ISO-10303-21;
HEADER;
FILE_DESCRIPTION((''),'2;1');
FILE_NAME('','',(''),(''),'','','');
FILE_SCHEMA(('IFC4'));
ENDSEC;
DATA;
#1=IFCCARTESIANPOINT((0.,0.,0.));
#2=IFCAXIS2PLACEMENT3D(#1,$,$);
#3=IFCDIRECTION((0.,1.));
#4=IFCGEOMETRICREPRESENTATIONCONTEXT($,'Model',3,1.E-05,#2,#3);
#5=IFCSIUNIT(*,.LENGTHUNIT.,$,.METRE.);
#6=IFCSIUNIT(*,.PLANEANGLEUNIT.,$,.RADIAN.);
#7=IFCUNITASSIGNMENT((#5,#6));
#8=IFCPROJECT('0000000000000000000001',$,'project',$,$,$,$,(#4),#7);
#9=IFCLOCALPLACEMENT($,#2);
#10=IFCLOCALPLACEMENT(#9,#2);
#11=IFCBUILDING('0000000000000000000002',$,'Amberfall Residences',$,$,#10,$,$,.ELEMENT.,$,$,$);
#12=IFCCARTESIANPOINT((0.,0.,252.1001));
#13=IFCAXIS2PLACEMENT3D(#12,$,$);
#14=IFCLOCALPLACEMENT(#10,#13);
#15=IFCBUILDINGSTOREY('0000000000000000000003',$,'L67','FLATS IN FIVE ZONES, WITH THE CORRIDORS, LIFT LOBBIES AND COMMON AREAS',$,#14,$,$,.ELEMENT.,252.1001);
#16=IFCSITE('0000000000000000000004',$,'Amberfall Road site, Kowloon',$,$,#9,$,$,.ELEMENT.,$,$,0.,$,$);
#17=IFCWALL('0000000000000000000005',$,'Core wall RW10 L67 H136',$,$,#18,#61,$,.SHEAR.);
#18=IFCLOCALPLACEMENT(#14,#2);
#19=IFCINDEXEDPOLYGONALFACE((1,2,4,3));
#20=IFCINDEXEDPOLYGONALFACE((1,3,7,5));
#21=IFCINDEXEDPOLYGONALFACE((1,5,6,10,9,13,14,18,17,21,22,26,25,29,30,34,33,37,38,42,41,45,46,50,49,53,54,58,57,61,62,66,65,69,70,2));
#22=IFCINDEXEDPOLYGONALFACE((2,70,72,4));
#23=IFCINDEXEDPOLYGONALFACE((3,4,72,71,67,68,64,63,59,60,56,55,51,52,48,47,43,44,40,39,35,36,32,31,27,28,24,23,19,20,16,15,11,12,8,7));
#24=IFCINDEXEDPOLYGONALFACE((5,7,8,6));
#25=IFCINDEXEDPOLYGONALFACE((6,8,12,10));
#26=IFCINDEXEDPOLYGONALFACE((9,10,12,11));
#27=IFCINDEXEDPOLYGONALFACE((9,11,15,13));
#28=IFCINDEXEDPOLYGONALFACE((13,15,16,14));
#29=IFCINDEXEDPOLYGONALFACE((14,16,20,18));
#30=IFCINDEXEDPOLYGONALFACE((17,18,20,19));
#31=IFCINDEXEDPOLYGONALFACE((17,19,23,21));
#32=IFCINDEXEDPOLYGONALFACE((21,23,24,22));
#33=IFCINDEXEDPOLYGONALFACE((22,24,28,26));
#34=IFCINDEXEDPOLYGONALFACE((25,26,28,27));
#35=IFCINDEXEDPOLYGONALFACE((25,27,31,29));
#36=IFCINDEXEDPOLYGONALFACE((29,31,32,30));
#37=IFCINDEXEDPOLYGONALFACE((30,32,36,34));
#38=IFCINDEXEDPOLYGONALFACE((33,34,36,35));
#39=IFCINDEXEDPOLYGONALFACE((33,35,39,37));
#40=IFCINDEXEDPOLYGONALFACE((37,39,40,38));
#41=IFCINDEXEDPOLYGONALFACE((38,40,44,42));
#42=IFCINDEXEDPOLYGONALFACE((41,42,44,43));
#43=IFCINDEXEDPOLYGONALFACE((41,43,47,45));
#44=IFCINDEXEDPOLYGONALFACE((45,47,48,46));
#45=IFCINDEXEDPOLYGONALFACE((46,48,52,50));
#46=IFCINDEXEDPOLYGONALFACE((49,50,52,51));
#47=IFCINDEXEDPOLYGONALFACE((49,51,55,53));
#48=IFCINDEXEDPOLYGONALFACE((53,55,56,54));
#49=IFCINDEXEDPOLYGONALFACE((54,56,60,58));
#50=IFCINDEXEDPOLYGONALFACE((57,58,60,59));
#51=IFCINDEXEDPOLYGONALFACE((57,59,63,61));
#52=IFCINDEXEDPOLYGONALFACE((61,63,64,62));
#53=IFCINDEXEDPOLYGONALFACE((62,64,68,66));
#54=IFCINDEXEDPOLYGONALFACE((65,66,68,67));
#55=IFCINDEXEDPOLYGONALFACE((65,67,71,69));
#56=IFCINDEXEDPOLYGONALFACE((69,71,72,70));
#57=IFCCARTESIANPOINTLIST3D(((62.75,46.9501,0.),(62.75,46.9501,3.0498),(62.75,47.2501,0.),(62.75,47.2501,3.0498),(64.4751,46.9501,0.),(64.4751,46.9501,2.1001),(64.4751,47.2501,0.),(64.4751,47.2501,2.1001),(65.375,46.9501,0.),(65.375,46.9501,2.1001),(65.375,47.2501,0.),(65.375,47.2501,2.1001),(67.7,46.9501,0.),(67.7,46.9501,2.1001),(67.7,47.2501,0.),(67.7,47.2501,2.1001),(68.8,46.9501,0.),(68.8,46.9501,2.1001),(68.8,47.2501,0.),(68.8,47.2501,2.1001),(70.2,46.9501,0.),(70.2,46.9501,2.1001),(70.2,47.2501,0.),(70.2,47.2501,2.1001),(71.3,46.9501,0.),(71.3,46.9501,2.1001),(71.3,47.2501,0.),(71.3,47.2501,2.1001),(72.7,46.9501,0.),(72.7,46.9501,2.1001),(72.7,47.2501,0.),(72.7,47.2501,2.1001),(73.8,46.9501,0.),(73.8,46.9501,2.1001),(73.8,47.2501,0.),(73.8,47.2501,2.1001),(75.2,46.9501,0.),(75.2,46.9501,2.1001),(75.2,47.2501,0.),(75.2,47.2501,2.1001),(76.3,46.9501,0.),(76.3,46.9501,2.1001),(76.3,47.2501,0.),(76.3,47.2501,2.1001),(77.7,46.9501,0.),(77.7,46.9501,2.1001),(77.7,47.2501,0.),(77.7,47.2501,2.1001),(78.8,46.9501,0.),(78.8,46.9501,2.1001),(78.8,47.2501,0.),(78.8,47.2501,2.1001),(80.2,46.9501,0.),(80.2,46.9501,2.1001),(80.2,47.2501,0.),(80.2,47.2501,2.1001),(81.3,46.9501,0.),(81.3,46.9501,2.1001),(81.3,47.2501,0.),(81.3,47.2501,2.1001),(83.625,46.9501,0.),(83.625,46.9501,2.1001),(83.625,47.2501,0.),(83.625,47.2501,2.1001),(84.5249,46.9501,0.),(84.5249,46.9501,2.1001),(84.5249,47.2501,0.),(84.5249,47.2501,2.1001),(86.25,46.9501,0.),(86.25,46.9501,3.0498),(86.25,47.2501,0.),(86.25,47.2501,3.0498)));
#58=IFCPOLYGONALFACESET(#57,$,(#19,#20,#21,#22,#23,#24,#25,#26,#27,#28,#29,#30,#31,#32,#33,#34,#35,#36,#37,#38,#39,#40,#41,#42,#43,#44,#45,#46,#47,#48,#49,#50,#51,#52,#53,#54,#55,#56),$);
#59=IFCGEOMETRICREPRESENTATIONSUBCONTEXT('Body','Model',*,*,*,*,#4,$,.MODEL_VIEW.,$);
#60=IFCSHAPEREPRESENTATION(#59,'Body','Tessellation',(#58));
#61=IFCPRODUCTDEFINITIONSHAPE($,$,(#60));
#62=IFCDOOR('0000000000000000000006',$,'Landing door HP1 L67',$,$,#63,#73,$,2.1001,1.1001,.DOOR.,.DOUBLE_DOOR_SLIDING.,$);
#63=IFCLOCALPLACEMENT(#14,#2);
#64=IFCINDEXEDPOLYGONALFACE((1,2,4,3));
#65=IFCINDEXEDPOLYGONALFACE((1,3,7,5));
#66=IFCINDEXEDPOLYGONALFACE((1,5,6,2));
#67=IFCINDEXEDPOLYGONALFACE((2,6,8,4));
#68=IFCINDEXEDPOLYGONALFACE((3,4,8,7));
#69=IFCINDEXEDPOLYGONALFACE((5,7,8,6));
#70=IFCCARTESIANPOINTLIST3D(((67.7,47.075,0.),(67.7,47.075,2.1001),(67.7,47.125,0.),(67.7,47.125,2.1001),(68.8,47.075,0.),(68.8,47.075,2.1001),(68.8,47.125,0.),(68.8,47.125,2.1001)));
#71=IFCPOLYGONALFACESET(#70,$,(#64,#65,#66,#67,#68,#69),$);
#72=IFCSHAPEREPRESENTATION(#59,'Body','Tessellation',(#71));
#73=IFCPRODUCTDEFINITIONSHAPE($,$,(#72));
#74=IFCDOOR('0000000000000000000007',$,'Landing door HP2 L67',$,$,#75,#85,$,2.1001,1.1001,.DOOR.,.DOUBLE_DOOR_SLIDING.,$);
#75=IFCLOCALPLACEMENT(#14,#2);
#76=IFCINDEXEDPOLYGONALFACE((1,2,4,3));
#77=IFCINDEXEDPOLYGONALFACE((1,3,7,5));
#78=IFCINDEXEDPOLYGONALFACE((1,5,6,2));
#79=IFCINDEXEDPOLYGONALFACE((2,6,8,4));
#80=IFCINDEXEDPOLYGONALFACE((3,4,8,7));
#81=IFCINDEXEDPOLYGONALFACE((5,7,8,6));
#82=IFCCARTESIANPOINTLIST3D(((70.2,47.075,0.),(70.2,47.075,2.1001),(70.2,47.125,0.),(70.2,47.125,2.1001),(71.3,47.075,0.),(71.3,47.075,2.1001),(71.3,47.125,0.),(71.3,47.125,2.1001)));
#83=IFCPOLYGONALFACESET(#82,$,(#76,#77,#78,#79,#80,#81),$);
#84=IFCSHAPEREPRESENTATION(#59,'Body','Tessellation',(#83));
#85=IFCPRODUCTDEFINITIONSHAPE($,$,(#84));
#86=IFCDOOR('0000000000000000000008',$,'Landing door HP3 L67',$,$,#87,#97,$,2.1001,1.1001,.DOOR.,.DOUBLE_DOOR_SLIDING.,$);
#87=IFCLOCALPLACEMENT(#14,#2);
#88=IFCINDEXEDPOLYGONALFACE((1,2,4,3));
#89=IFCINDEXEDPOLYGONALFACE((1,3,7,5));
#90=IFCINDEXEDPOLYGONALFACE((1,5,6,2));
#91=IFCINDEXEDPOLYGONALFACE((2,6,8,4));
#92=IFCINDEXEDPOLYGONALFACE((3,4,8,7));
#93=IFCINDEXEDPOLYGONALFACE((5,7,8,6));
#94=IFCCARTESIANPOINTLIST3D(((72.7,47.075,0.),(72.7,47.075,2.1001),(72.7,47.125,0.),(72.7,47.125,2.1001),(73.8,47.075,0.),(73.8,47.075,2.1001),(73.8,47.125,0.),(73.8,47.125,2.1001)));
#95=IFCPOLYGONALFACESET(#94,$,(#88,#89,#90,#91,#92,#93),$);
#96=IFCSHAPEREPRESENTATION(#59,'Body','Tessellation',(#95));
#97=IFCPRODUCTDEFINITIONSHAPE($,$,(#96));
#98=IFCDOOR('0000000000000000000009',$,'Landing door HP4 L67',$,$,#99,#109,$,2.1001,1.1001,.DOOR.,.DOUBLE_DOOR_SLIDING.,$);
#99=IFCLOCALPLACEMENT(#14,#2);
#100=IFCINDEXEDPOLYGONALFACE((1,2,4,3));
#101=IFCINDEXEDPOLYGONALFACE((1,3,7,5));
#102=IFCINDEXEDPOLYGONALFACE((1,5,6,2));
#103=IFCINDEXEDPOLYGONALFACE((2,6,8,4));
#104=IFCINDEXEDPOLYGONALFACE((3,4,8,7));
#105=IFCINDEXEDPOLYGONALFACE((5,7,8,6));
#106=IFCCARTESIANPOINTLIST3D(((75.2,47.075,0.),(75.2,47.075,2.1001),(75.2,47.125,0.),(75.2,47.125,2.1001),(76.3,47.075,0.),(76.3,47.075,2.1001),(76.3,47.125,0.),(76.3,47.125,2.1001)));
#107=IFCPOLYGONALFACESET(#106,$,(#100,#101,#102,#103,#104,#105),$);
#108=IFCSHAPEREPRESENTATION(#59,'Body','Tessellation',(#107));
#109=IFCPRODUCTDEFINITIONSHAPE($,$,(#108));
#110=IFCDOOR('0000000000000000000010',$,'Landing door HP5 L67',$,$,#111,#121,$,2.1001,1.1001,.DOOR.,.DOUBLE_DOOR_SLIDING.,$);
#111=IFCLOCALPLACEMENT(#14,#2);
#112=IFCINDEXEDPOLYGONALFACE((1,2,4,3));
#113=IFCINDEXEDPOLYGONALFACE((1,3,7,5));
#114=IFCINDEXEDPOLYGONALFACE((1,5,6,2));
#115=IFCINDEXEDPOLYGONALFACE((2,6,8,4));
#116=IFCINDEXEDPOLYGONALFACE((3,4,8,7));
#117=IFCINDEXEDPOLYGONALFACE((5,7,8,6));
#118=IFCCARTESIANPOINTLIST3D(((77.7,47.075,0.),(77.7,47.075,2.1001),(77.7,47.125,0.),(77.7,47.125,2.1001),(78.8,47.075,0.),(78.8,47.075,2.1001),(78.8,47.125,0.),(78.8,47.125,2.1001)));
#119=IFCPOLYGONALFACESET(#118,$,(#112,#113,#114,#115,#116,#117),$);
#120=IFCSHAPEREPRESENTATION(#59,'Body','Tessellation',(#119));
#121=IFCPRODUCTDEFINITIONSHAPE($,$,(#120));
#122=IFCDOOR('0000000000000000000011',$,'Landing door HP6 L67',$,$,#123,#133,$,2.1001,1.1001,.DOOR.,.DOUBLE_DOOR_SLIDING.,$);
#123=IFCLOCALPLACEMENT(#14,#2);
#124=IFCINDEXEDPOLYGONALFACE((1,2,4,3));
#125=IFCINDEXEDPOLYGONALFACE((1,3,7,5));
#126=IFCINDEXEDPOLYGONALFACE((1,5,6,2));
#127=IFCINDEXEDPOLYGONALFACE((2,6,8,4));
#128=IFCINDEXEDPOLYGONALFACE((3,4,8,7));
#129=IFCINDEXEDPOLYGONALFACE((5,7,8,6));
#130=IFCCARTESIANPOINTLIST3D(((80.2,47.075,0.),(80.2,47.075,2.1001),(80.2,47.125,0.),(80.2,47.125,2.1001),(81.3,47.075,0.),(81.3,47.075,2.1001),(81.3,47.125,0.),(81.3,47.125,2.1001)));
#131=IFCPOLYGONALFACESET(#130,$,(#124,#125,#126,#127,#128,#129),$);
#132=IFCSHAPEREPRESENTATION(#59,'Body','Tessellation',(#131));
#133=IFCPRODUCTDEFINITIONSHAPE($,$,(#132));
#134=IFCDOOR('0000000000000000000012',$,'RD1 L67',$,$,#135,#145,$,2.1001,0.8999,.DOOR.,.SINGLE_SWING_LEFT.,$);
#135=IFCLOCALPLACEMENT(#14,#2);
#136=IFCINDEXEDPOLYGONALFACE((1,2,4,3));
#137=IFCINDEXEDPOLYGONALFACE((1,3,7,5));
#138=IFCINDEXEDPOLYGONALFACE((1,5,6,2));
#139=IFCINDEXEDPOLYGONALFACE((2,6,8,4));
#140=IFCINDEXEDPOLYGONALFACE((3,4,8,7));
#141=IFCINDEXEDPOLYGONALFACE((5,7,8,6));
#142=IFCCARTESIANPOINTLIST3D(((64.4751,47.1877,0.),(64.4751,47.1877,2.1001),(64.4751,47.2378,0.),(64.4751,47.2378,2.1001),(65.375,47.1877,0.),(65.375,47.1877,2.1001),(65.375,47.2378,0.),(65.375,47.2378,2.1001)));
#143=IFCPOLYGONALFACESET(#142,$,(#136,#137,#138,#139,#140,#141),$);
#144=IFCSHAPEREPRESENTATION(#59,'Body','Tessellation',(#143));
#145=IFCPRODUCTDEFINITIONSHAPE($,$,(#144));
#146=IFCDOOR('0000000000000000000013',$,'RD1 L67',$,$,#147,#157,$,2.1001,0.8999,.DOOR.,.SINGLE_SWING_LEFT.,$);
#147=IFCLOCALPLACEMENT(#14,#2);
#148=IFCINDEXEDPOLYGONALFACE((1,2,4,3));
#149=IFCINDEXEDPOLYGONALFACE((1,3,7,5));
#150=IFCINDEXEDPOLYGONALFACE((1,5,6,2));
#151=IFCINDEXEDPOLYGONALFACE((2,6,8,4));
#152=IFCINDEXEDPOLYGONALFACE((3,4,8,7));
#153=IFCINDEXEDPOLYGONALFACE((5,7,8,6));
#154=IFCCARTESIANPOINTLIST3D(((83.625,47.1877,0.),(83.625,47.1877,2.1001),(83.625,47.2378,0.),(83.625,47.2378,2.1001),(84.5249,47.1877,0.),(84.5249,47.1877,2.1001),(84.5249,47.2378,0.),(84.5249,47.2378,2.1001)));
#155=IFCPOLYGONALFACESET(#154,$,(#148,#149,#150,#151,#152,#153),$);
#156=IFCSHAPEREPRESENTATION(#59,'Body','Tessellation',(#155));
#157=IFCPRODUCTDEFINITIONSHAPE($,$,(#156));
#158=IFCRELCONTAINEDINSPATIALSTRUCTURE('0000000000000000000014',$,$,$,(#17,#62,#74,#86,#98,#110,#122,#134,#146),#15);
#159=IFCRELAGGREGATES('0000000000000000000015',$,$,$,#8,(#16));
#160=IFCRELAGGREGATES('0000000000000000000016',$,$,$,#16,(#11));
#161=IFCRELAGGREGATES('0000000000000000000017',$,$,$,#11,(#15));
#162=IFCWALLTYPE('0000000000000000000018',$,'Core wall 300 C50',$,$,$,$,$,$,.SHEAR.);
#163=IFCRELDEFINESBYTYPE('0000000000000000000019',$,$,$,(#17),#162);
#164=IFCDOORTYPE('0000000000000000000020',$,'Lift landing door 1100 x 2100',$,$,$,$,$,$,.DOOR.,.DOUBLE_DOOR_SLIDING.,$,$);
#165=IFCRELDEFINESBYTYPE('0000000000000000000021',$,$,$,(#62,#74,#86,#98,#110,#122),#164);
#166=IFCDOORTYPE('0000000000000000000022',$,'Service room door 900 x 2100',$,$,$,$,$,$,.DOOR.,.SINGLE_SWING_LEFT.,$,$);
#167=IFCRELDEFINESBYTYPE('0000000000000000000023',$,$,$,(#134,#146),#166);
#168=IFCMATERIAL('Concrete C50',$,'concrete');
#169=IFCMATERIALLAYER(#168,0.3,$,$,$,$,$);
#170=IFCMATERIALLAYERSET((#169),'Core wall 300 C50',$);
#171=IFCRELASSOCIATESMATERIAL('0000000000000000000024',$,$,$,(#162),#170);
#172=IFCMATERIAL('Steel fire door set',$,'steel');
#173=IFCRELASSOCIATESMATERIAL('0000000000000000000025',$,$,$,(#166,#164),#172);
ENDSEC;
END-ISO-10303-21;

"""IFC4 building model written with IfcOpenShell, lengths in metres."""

from ifc_helpers import new_model, si_unit, direction, frame, frame_2d, origin, place, context, subcontext, project, spatial, rectangle, extrude, material, layer, layer_set, type_object, element, fill, save


model = new_model("IFC4")

# Units and contexts
model_context = context("Model", 3, precision=1e-05, world=origin(), true_north=direction((0.0, 1.0)))
body_context = subcontext(model_context, "Body", "Model", "MODEL_VIEW")
ifc_project = project(units=[si_unit("LENGTHUNIT", "METRE"), si_unit("PLANEANGLEUNIT", "RADIAN")], contexts=[model_context])

# Site, building, storey
site_placement = place(None, origin())
site = spatial("IfcSite", under=ifc_project, at=site_placement, Name="Amberfall Road site, Kowloon", CompositionType="ELEMENT", RefElevation=0.0)
building_placement = place(site_placement, origin())
building = spatial("IfcBuilding", under=site, at=building_placement, Name="Amberfall Residences", CompositionType="ELEMENT")
storey_placement = place(building_placement, frame((0.0, 0.0, 252.1001)))
storey = spatial("IfcBuildingStorey", under=building, at=storey_placement, Name="L67", Description="FLATS IN FIVE ZONES, WITH THE CORRIDORS, LIFT LOBBIES AND COMMON AREAS", CompositionType="ELEMENT", Elevation=252.1001)

# Wall, openings, doors
ifc_material_1 = material(Name="Concrete C50", Category="concrete")
ifc_layer_1 = layer(ifc_material_1, 0.3)
ifc_layer_set_1 = layer_set([ifc_layer_1], Name="Core wall 300 C50")
wall_type_1 = type_object("IfcWallType", Name="Core wall 300 C50", PredefinedType="SHEAR", material=ifc_layer_set_1)
ifc_material_2 = material(Name="Steel fire door set", Category="steel")
door_type_1 = type_object("IfcDoorType", Name="Service room door 900 x 2100", OperationType="SINGLE_SWING_LEFT", PredefinedType="DOOR", material=ifc_material_2)
wall_1_placement = place(storey_placement, frame((62.75, 47.1001, 0.0), z_axis=(0.0, 0.0, 1.0), x_axis=(1.0, 0.0, 0.0)))
wall_1 = element("IfcWall", 1, at=wall_1_placement, inside=storey, type_object=wall_type_1, Name="Core wall RW10 L67 H136", PredefinedType="SHEAR", context=body_context, shape_type="SweptSolid", body=[
    extrude(rectangle(XDim=23.5, YDim=0.3, at=frame_2d((11.75, 0.0))), origin(), (0.0, 0.0, 1.0), 3.0498),
])
opening_1_placement = place(wall_1_placement, frame((1.7251, 0.0, 0.0)))
opening_1 = element("IfcOpeningElement", 2, at=opening_1_placement, cuts=wall_1, PredefinedType="OPENING", context=body_context, shape_type="SweptSolid", body=[
    extrude(rectangle(XDim=0.8999, YDim=2.1001, at=frame_2d((0.45, 1.05))), frame((0.0, 0.1599, 0.0), z_axis=(0.0, -1.0, 0.0), x_axis=(1.0, 0.0, 0.0)), (0.0, 0.0, 1.0), 0.3201),
])
opening_2_placement = place(wall_1_placement, frame((20.875, 0.0, 0.0)))
opening_2 = element("IfcOpeningElement", 3, at=opening_2_placement, cuts=wall_1, PredefinedType="OPENING", context=body_context, shape_type="SweptSolid", body=[
    extrude(rectangle(XDim=0.8999, YDim=2.1001, at=frame_2d((0.45, 1.05))), frame((0.0, 0.1599, 0.0), z_axis=(0.0, -1.0, 0.0), x_axis=(1.0, 0.0, 0.0)), (0.0, 0.0, 1.0), 0.3201),
])
opening_3_placement = place(wall_1_placement, frame((4.95, 0.0, 0.0)))
opening_3 = element("IfcOpeningElement", 4, at=opening_3_placement, cuts=wall_1, PredefinedType="OPENING", context=body_context, shape_type="SweptSolid", body=[
    extrude(rectangle(XDim=1.1001, YDim=2.1001, at=frame_2d((0.55, 1.05))), frame((0.0, 0.1599, 0.0), z_axis=(0.0, -1.0, 0.0), x_axis=(1.0, 0.0, 0.0)), (0.0, 0.0, 1.0), 0.3201),
])
opening_4_placement = place(wall_1_placement, frame((7.45, 0.0, 0.0)))
opening_4 = element("IfcOpeningElement", 5, at=opening_4_placement, cuts=wall_1, PredefinedType="OPENING", context=body_context, shape_type="SweptSolid", body=[
    extrude(rectangle(XDim=1.1001, YDim=2.1001, at=frame_2d((0.55, 1.05))), frame((0.0, 0.1599, 0.0), z_axis=(0.0, -1.0, 0.0), x_axis=(1.0, 0.0, 0.0)), (0.0, 0.0, 1.0), 0.3201),
])
opening_5_placement = place(wall_1_placement, frame((9.95, 0.0, 0.0)))
opening_5 = element("IfcOpeningElement", 6, at=opening_5_placement, cuts=wall_1, PredefinedType="OPENING", context=body_context, shape_type="SweptSolid", body=[
    extrude(rectangle(XDim=1.1001, YDim=2.1001, at=frame_2d((0.55, 1.05))), frame((0.0, 0.1599, 0.0), z_axis=(0.0, -1.0, 0.0), x_axis=(1.0, 0.0, 0.0)), (0.0, 0.0, 1.0), 0.3201),
])
opening_6_placement = place(wall_1_placement, frame((12.45, 0.0, 0.0)))
opening_6 = element("IfcOpeningElement", 7, at=opening_6_placement, cuts=wall_1, PredefinedType="OPENING", context=body_context, shape_type="SweptSolid", body=[
    extrude(rectangle(XDim=1.1001, YDim=2.1001, at=frame_2d((0.55, 1.05))), frame((0.0, 0.1599, 0.0), z_axis=(0.0, -1.0, 0.0), x_axis=(1.0, 0.0, 0.0)), (0.0, 0.0, 1.0), 0.3201),
])
opening_7_placement = place(wall_1_placement, frame((14.95, 0.0, 0.0)))
opening_7 = element("IfcOpeningElement", 8, at=opening_7_placement, cuts=wall_1, PredefinedType="OPENING", context=body_context, shape_type="SweptSolid", body=[
    extrude(rectangle(XDim=1.1001, YDim=2.1001, at=frame_2d((0.55, 1.05))), frame((0.0, 0.1599, 0.0), z_axis=(0.0, -1.0, 0.0), x_axis=(1.0, 0.0, 0.0)), (0.0, 0.0, 1.0), 0.3201),
])
opening_8_placement = place(wall_1_placement, frame((17.45, 0.0, 0.0)))
opening_8 = element("IfcOpeningElement", 9, at=opening_8_placement, cuts=wall_1, PredefinedType="OPENING", context=body_context, shape_type="SweptSolid", body=[
    extrude(rectangle(XDim=1.1001, YDim=2.1001, at=frame_2d((0.55, 1.05))), frame((0.0, 0.1599, 0.0), z_axis=(0.0, -1.0, 0.0), x_axis=(1.0, 0.0, 0.0)), (0.0, 0.0, 1.0), 0.3201),
])
door_type_2 = type_object("IfcDoorType", Name="Lift landing door 1100 x 2100", OperationType="DOUBLE_DOOR_SLIDING", PredefinedType="DOOR", material=ifc_material_2)
door_1_placement = place(opening_3_placement, origin())
door_1 = element("IfcDoor", 10, at=door_1_placement, inside=storey, type_object=door_type_2, Name="Landing door HP1 L67", OperationType="DOUBLE_DOOR_SLIDING", OverallHeight=2.1001, OverallWidth=1.1001, PredefinedType="DOOR", context=body_context, shape_type="SweptSolid", body=[
    extrude(rectangle(XDim=1.1001, YDim=2.1001, at=frame_2d((0.55, 1.05))), frame((0.0, 0.0249, 0.0), z_axis=(0.0, -1.0, 0.0), x_axis=(1.0, 0.0, 0.0)), (0.0, 0.0, 1.0), 0.05),
])
fill(opening_3, door_1)
door_2_placement = place(opening_4_placement, origin())
door_2 = element("IfcDoor", 11, at=door_2_placement, inside=storey, type_object=door_type_2, Name="Landing door HP2 L67", OperationType="DOUBLE_DOOR_SLIDING", OverallHeight=2.1001, OverallWidth=1.1001, PredefinedType="DOOR", context=body_context, shape_type="SweptSolid", body=[
    extrude(rectangle(XDim=1.1001, YDim=2.1001, at=frame_2d((0.55, 1.05))), frame((0.0, 0.0249, 0.0), z_axis=(0.0, -1.0, 0.0), x_axis=(1.0, 0.0, 0.0)), (0.0, 0.0, 1.0), 0.05),
])
fill(opening_4, door_2)
door_3_placement = place(opening_5_placement, origin())
door_3 = element("IfcDoor", 12, at=door_3_placement, inside=storey, type_object=door_type_2, Name="Landing door HP3 L67", OperationType="DOUBLE_DOOR_SLIDING", OverallHeight=2.1001, OverallWidth=1.1001, PredefinedType="DOOR", context=body_context, shape_type="SweptSolid", body=[
    extrude(rectangle(XDim=1.1001, YDim=2.1001, at=frame_2d((0.55, 1.05))), frame((0.0, 0.0249, 0.0), z_axis=(0.0, -1.0, 0.0), x_axis=(1.0, 0.0, 0.0)), (0.0, 0.0, 1.0), 0.05),
])
fill(opening_5, door_3)
door_4_placement = place(opening_6_placement, origin())
door_4 = element("IfcDoor", 13, at=door_4_placement, inside=storey, type_object=door_type_2, Name="Landing door HP4 L67", OperationType="DOUBLE_DOOR_SLIDING", OverallHeight=2.1001, OverallWidth=1.1001, PredefinedType="DOOR", context=body_context, shape_type="SweptSolid", body=[
    extrude(rectangle(XDim=1.1001, YDim=2.1001, at=frame_2d((0.55, 1.05))), frame((0.0, 0.0249, 0.0), z_axis=(0.0, -1.0, 0.0), x_axis=(1.0, 0.0, 0.0)), (0.0, 0.0, 1.0), 0.05),
])
fill(opening_6, door_4)
door_5_placement = place(opening_7_placement, origin())
door_5 = element("IfcDoor", 14, at=door_5_placement, inside=storey, type_object=door_type_2, Name="Landing door HP5 L67", OperationType="DOUBLE_DOOR_SLIDING", OverallHeight=2.1001, OverallWidth=1.1001, PredefinedType="DOOR", context=body_context, shape_type="SweptSolid", body=[
    extrude(rectangle(XDim=1.1001, YDim=2.1001, at=frame_2d((0.55, 1.05))), frame((0.0, 0.0249, 0.0), z_axis=(0.0, -1.0, 0.0), x_axis=(1.0, 0.0, 0.0)), (0.0, 0.0, 1.0), 0.05),
])
fill(opening_7, door_5)
door_6_placement = place(opening_8_placement, origin())
door_6 = element("IfcDoor", 15, at=door_6_placement, inside=storey, type_object=door_type_2, Name="Landing door HP6 L67", OperationType="DOUBLE_DOOR_SLIDING", OverallHeight=2.1001, OverallWidth=1.1001, PredefinedType="DOOR", context=body_context, shape_type="SweptSolid", body=[
    extrude(rectangle(XDim=1.1001, YDim=2.1001, at=frame_2d((0.55, 1.05))), frame((0.0, 0.0249, 0.0), z_axis=(0.0, -1.0, 0.0), x_axis=(1.0, 0.0, 0.0)), (0.0, 0.0, 1.0), 0.05),
])
fill(opening_8, door_6)
door_7_placement = place(opening_1_placement, origin())
door_7 = element("IfcDoor", 16, at=door_7_placement, inside=storey, type_object=door_type_1, Name="RD1 L67", OperationType="SINGLE_SWING_LEFT", OverallHeight=2.1001, OverallWidth=0.8999, PredefinedType="DOOR", context=body_context, shape_type="SweptSolid", body=[
    extrude(rectangle(XDim=0.8999, YDim=2.1001, at=frame_2d((0.45, 1.05))), frame((0.0, 0.1377, 0.0), z_axis=(0.0, -1.0, 0.0), x_axis=(1.0, 0.0, 0.0)), (0.0, 0.0, 1.0), 0.05),
])
fill(opening_1, door_7)
door_8_placement = place(opening_2_placement, origin())
door_8 = element("IfcDoor", 17, at=door_8_placement, inside=storey, type_object=door_type_1, Name="RD1 L67", OperationType="SINGLE_SWING_LEFT", OverallHeight=2.1001, OverallWidth=0.8999, PredefinedType="DOOR", context=body_context, shape_type="SweptSolid", body=[
    extrude(rectangle(XDim=0.8999, YDim=2.1001, at=frame_2d((0.45, 1.05))), frame((0.0, 0.1377, 0.0), z_axis=(0.0, -1.0, 0.0), x_axis=(1.0, 0.0, 0.0)), (0.0, 0.0, 1.0), 0.05),
])
fill(opening_2, door_8)

save(model, "model.ifc")
